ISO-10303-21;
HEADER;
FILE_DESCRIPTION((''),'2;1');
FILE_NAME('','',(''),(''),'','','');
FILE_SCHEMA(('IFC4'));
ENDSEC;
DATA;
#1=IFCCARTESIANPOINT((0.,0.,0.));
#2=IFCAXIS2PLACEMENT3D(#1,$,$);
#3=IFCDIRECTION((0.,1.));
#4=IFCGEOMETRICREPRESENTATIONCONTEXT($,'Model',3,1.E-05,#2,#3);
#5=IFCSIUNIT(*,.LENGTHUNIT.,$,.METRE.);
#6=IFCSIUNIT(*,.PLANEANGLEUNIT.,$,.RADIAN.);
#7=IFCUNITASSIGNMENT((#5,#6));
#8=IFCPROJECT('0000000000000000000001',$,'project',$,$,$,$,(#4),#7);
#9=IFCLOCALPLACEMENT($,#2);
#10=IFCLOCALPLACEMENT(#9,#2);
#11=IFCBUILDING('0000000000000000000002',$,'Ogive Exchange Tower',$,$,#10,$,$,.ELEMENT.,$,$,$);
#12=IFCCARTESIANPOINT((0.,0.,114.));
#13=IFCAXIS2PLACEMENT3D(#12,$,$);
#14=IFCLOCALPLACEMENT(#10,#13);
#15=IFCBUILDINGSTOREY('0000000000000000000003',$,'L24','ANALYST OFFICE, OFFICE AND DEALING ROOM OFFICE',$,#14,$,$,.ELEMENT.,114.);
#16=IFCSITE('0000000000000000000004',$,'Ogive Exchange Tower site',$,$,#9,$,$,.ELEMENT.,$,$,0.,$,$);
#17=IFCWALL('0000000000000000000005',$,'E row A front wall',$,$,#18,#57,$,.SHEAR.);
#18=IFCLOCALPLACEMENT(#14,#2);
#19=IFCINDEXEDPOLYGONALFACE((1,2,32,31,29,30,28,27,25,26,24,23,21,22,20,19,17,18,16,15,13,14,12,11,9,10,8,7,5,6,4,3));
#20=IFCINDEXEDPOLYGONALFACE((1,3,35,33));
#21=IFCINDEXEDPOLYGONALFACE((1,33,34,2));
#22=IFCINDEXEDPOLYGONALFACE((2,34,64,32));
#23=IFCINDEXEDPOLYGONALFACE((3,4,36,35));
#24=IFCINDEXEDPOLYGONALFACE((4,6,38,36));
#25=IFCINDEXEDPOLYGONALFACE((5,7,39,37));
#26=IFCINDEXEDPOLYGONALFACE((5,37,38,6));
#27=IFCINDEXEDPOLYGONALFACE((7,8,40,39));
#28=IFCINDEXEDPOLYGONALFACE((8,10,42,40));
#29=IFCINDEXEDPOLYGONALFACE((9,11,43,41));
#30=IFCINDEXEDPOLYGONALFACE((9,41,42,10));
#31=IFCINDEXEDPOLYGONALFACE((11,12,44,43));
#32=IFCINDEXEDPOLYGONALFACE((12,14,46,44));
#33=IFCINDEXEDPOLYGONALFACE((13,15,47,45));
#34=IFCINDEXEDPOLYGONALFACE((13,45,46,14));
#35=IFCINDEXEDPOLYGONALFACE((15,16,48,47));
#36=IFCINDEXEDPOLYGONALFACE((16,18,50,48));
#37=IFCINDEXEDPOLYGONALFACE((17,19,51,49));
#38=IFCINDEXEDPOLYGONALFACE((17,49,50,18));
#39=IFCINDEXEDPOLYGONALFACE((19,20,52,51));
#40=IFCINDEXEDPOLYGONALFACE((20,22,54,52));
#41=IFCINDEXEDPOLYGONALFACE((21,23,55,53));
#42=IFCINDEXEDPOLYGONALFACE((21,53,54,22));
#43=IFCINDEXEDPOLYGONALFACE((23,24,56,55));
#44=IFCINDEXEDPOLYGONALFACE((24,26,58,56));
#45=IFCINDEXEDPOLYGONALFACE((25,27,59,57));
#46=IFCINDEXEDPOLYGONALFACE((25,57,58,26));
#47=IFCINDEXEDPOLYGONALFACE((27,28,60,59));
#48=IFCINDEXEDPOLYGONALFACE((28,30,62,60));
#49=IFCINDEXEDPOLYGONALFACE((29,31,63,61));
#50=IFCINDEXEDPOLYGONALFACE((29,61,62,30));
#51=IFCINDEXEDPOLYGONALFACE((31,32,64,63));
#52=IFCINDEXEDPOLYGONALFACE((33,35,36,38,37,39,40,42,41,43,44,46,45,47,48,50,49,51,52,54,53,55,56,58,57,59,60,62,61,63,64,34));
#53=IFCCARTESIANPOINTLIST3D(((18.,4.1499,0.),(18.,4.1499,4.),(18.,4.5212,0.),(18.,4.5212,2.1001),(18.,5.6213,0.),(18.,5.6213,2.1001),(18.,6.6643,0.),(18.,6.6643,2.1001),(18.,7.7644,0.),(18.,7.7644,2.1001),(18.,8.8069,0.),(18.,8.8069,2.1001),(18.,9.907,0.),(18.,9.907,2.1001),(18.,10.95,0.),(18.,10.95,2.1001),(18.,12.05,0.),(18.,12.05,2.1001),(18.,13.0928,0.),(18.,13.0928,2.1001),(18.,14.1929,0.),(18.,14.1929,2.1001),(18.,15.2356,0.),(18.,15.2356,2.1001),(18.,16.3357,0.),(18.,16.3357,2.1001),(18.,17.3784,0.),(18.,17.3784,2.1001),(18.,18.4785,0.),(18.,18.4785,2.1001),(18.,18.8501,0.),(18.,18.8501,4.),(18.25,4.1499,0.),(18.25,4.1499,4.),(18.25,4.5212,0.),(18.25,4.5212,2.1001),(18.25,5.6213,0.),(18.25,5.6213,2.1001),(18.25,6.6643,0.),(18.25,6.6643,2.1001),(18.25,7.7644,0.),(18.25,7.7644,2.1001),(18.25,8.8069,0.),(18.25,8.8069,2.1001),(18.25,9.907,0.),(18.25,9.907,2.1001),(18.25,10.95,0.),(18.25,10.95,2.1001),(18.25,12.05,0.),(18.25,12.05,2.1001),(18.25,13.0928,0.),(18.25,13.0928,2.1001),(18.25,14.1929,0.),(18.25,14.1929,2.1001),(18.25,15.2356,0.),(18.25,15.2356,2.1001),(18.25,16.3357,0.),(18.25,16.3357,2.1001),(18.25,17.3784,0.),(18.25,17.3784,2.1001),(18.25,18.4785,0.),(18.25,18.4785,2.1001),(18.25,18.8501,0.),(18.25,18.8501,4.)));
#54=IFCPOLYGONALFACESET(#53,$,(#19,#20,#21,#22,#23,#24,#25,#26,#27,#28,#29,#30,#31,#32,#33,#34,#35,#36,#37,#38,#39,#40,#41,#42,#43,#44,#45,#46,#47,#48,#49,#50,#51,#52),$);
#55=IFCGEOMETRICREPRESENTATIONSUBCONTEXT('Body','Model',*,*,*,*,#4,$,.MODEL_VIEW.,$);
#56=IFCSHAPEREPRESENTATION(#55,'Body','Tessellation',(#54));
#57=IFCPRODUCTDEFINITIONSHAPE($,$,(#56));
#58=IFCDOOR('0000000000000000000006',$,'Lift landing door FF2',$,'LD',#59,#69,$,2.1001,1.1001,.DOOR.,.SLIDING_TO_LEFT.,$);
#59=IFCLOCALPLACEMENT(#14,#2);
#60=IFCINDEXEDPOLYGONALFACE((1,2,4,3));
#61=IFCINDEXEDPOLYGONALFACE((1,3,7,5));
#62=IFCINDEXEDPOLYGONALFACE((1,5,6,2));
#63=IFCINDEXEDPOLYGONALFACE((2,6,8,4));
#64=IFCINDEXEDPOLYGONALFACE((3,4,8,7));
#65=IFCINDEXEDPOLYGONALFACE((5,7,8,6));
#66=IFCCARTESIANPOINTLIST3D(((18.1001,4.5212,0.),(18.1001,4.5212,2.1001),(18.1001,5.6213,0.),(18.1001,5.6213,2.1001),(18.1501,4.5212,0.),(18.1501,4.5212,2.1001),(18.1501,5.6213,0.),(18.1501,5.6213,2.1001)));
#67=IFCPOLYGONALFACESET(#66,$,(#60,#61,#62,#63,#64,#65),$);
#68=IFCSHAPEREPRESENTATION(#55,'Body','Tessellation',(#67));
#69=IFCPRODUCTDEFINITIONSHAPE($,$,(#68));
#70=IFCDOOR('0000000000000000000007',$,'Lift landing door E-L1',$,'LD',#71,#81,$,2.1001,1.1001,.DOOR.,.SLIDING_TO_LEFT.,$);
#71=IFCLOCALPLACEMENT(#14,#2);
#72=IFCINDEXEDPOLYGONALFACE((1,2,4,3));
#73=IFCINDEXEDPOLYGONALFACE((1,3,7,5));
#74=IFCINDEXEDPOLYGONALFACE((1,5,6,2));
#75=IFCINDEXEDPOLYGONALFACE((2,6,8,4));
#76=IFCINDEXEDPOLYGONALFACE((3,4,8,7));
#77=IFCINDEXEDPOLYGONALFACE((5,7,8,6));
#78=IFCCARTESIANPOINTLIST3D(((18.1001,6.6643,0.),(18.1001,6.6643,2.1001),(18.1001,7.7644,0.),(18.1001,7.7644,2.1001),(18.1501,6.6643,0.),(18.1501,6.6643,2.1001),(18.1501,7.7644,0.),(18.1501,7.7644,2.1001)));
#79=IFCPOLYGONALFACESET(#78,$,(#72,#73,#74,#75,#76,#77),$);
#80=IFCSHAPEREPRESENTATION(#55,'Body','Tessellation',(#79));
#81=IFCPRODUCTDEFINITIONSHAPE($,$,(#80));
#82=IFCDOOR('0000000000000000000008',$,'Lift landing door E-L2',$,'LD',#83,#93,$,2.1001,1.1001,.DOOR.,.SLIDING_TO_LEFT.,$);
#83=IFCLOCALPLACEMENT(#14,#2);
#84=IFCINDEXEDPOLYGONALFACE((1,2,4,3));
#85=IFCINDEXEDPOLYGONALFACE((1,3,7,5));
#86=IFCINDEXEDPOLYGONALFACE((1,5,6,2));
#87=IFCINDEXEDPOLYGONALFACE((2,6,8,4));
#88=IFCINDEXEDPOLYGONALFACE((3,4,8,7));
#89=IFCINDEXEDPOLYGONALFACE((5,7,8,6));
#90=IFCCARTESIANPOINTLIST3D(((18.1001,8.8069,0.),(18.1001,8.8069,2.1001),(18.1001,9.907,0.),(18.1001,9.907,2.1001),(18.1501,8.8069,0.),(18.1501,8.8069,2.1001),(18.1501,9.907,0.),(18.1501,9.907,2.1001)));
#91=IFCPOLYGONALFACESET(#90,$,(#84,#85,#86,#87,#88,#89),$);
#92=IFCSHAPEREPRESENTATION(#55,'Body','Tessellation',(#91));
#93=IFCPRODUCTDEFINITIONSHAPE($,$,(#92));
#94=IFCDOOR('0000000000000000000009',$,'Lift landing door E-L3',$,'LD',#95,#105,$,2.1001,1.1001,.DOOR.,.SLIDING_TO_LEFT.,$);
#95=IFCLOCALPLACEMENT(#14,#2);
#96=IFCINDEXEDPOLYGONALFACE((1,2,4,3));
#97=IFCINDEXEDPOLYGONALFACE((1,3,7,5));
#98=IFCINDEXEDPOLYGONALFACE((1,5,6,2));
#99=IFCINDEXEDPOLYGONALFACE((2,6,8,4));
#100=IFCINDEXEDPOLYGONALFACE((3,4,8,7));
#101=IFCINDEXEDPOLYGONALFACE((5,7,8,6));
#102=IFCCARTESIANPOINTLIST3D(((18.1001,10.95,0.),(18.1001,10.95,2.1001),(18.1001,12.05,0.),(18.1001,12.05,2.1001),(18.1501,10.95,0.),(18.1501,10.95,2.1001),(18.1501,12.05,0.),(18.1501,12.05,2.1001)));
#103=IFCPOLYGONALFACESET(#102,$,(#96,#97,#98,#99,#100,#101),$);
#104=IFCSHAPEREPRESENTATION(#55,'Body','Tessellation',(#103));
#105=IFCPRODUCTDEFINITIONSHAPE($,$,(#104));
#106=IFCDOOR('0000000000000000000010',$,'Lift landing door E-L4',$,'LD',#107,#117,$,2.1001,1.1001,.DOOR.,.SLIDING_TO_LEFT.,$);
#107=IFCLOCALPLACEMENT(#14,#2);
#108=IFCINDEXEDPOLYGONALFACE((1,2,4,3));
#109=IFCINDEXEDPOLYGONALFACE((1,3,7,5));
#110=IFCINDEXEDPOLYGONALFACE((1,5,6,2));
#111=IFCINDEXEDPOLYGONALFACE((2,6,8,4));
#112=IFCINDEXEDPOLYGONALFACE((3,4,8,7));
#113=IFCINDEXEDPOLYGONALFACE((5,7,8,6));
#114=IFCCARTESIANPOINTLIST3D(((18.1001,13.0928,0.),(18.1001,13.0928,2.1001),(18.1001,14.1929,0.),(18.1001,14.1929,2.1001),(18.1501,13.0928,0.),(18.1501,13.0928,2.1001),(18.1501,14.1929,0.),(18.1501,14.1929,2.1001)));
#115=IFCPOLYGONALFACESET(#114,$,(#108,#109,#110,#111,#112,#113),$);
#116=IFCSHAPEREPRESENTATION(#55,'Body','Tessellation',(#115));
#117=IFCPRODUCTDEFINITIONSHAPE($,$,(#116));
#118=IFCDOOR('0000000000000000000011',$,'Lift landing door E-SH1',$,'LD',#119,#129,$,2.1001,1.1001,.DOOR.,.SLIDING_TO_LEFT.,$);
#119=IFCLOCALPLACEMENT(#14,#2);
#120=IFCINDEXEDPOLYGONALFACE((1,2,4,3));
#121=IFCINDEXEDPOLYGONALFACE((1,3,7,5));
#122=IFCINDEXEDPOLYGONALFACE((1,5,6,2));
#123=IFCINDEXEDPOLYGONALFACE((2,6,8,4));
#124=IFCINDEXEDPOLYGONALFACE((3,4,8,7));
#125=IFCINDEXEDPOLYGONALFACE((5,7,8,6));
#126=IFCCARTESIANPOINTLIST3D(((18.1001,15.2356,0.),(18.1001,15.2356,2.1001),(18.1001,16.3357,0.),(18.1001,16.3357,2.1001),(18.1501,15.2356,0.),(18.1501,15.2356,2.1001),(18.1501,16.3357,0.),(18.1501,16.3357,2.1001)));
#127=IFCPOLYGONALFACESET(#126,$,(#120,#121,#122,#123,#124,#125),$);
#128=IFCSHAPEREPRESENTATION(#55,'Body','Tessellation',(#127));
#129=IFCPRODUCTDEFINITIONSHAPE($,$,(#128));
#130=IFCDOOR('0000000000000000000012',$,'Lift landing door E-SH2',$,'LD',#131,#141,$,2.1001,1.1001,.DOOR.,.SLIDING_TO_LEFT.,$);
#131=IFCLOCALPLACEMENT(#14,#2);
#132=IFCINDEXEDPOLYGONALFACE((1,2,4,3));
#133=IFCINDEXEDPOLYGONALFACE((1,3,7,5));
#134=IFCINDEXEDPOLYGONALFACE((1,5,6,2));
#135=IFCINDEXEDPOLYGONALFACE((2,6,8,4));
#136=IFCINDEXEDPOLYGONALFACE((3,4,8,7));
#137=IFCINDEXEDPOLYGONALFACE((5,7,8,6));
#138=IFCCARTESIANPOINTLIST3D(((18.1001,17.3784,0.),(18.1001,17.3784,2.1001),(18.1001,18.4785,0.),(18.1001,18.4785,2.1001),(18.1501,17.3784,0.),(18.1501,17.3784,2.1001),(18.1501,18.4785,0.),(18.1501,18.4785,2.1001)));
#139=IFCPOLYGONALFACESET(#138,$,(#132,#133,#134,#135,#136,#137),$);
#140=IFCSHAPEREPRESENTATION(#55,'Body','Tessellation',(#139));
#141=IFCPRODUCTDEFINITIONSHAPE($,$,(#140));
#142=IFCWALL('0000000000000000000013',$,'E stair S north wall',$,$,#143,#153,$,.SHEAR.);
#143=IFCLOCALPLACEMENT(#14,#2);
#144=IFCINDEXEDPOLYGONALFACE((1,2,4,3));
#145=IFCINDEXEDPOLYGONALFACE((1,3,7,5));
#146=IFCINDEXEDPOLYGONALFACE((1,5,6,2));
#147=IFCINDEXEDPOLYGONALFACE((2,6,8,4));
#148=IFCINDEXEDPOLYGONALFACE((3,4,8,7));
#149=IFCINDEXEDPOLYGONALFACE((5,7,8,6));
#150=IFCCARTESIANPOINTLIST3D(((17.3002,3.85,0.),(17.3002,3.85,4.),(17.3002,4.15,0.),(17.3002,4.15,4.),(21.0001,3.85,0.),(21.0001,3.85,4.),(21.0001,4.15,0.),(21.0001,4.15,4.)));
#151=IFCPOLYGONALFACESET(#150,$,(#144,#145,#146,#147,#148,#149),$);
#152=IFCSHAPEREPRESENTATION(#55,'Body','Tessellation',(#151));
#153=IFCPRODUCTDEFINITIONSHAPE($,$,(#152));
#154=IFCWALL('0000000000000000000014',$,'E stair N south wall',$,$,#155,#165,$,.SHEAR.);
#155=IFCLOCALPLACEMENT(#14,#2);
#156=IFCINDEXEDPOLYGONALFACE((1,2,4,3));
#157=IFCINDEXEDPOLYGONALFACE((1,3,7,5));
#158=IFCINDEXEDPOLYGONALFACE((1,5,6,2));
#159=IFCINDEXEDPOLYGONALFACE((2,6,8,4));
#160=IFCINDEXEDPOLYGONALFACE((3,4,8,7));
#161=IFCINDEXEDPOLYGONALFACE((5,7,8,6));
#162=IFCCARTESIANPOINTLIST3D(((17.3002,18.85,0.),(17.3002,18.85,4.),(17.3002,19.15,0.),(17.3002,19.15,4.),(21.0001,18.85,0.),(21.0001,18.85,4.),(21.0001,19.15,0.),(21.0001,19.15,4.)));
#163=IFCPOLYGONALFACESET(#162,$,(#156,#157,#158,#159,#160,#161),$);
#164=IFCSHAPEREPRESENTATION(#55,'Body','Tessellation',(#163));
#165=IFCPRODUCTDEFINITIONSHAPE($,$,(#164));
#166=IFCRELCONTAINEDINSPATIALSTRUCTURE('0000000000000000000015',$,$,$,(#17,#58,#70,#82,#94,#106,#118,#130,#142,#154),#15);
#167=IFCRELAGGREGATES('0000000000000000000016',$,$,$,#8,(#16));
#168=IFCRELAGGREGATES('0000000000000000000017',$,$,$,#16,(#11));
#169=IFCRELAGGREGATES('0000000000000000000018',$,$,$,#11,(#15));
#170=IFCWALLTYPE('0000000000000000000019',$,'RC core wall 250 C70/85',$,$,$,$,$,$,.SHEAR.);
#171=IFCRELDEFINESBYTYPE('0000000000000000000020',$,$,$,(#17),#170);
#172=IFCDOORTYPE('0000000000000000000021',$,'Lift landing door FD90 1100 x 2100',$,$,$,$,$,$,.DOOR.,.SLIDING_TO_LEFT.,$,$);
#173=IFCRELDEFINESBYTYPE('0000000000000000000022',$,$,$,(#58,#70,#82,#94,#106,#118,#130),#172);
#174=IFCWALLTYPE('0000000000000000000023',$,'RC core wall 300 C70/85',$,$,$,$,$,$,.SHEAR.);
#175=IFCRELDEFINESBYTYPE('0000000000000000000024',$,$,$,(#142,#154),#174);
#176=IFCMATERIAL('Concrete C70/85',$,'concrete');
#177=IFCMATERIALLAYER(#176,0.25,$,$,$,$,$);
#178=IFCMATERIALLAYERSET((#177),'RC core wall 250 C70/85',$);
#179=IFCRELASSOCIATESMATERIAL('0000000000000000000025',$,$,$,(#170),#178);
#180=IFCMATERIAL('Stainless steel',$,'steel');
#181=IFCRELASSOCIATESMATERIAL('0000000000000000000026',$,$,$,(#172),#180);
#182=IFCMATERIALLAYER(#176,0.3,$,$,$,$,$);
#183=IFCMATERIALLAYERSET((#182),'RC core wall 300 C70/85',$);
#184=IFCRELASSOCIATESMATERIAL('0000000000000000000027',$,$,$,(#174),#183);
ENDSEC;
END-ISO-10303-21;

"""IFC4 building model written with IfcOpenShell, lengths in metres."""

from ifc_helpers import new_model, si_unit, direction, frame, frame_2d, origin, place, context, subcontext, project, spatial, rectangle, extrude, material, layer, layer_set, type_object, element, fill, save


model = new_model("IFC4")

# Units and contexts
model_context = context("Model", 3, precision=1e-05, world=origin(), true_north=direction((0.0, 1.0)))
body_context = subcontext(model_context, "Body", "Model", "MODEL_VIEW")
ifc_project = project(units=[si_unit("LENGTHUNIT", "METRE"), si_unit("PLANEANGLEUNIT", "RADIAN")], contexts=[model_context])

# Site, building, storey
site_placement = place(None, origin())
site = spatial("IfcSite", under=ifc_project, at=site_placement, Name="Ogive Exchange Tower site", CompositionType="ELEMENT", RefElevation=0.0)
building_placement = place(site_placement, origin())
building = spatial("IfcBuilding", under=site, at=building_placement, Name="Ogive Exchange Tower", CompositionType="ELEMENT")
storey_placement = place(building_placement, frame((0.0, 0.0, 114.0)))
storey = spatial("IfcBuildingStorey", under=building, at=storey_placement, Name="L24", Description="ANALYST OFFICE, OFFICE AND DEALING ROOM OFFICE", CompositionType="ELEMENT", Elevation=114.0)

# Shared definitions
ifc_material_1 = material(Name="Concrete C70/85", Category="concrete")
ifc_layer_1 = layer(ifc_material_1, 0.25)
ifc_layer_set_1 = layer_set([ifc_layer_1], Name="RC core wall 250 C70/85")
wall_type_1 = type_object("IfcWallType", Name="RC core wall 250 C70/85", PredefinedType="SHEAR", material=ifc_layer_set_1)

# Wall, openings, doors
wall_1_placement = place(storey_placement, frame((18.125, 4.1499, 0.0), z_axis=(0.0, 0.0, 1.0), x_axis=(0.0, 1.0, 0.0)))
wall_1 = element("IfcWall", 1, at=wall_1_placement, inside=storey, type_object=wall_type_1, Name="E row A front wall", PredefinedType="SHEAR", context=body_context, shape_type="SweptSolid", body=[
    extrude(rectangle(XDim=14.7002, YDim=0.25, at=frame_2d((7.3501, 0.0))), origin(), (0.0, 0.0, 1.0), 4.0),
])
opening_1_placement = place(wall_1_placement, frame((0.3713, 0.0, 0.0)))
opening_1 = element("IfcOpeningElement", 2, at=opening_1_placement, cuts=wall_1, PredefinedType="OPENING", context=body_context, shape_type="SweptSolid", body=[
    extrude(rectangle(XDim=1.1001, YDim=2.1001, at=frame_2d((0.55, 1.05))), frame((0.0, 0.135, 0.0), z_axis=(0.0, -1.0, 0.0), x_axis=(1.0, 0.0, 0.0)), (0.0, 0.0, 1.0), 0.27),
])
opening_2_placement = place(wall_1_placement, frame((2.5144, 0.0, 0.0)))
opening_2 = element("IfcOpeningElement", 3, at=opening_2_placement, cuts=wall_1, PredefinedType="OPENING", context=body_context, shape_type="SweptSolid", body=[
    extrude(rectangle(XDim=1.1001, YDim=2.1001, at=frame_2d((0.55, 1.05))), frame((0.0, 0.135, 0.0), z_axis=(0.0, -1.0, 0.0), x_axis=(1.0, 0.0, 0.0)), (0.0, 0.0, 1.0), 0.27),
])
opening_3_placement = place(wall_1_placement, frame((4.657, 0.0, 0.0)))
opening_3 = element("IfcOpeningElement", 4, at=opening_3_placement, cuts=wall_1, PredefinedType="OPENING", context=body_context, shape_type="SweptSolid", body=[
    extrude(rectangle(XDim=1.1001, YDim=2.1001, at=frame_2d((0.55, 1.05))), frame((0.0, 0.135, 0.0), z_axis=(0.0, -1.0, 0.0), x_axis=(1.0, 0.0, 0.0)), (0.0, 0.0, 1.0), 0.27),
])
opening_4_placement = place(wall_1_placement, frame((6.8, 0.0, 0.0)))
opening_4 = element("IfcOpeningElement", 5, at=opening_4_placement, cuts=wall_1, PredefinedType="OPENING", context=body_context, shape_type="SweptSolid", body=[
    extrude(rectangle(XDim=1.1001, YDim=2.1001, at=frame_2d((0.55, 1.05))), frame((0.0, 0.135, 0.0), z_axis=(0.0, -1.0, 0.0), x_axis=(1.0, 0.0, 0.0)), (0.0, 0.0, 1.0), 0.27),
])
opening_5_placement = place(wall_1_placement, frame((8.9429, 0.0, 0.0)))
opening_5 = element("IfcOpeningElement", 6, at=opening_5_placement, cuts=wall_1, PredefinedType="OPENING", context=body_context, shape_type="SweptSolid", body=[
    extrude(rectangle(XDim=1.1001, YDim=2.1001, at=frame_2d((0.55, 1.05))), frame((0.0, 0.135, 0.0), z_axis=(0.0, -1.0, 0.0), x_axis=(1.0, 0.0, 0.0)), (0.0, 0.0, 1.0), 0.27),
])
opening_6_placement = place(wall_1_placement, frame((11.0857, 0.0, 0.0)))
opening_6 = element("IfcOpeningElement", 7, at=opening_6_placement, cuts=wall_1, PredefinedType="OPENING", context=body_context, shape_type="SweptSolid", body=[
    extrude(rectangle(XDim=1.1001, YDim=2.1001, at=frame_2d((0.55, 1.05))), frame((0.0, 0.135, 0.0), z_axis=(0.0, -1.0, 0.0), x_axis=(1.0, 0.0, 0.0)), (0.0, 0.0, 1.0), 0.27),
])
opening_7_placement = place(wall_1_placement, frame((13.2285, 0.0, 0.0)))
opening_7 = element("IfcOpeningElement", 8, at=opening_7_placement, cuts=wall_1, PredefinedType="OPENING", context=body_context, shape_type="SweptSolid", body=[
    extrude(rectangle(XDim=1.1001, YDim=2.1001, at=frame_2d((0.55, 1.05))), frame((0.0, 0.135, 0.0), z_axis=(0.0, -1.0, 0.0), x_axis=(1.0, 0.0, 0.0)), (0.0, 0.0, 1.0), 0.27),
])
ifc_material_2 = material(Name="Stainless steel", Category="steel")
door_type_1 = type_object("IfcDoorType", Name="Lift landing door FD90 1100 x 2100", OperationType="SLIDING_TO_LEFT", PredefinedType="DOOR", material=ifc_material_2)
door_1_placement = place(opening_1_placement, origin())
door_1 = element("IfcDoor", 9, at=door_1_placement, inside=storey, type_object=door_type_1, Name="Lift landing door FF2", ObjectType="LD", OperationType="SLIDING_TO_LEFT", OverallHeight=2.1001, OverallWidth=1.1001, PredefinedType="DOOR", context=body_context, shape_type="SweptSolid", body=[
    extrude(rectangle(XDim=1.1001, YDim=2.1001, at=frame_2d((0.55, 1.05))), frame((0.0, 0.0249, 0.0), z_axis=(0.0, -1.0, 0.0), x_axis=(1.0, 0.0, 0.0)), (0.0, 0.0, 1.0), 0.05),
])
fill(opening_1, door_1)
door_2_placement = place(opening_2_placement, origin())
door_2 = element("IfcDoor", 10, at=door_2_placement, inside=storey, type_object=door_type_1, Name="Lift landing door E-L1", ObjectType="LD", OperationType="SLIDING_TO_LEFT", OverallHeight=2.1001, OverallWidth=1.1001, PredefinedType="DOOR", context=body_context, shape_type="SweptSolid", body=[
    extrude(rectangle(XDim=1.1001, YDim=2.1001, at=frame_2d((0.55, 1.05))), frame((0.0, 0.0249, 0.0), z_axis=(0.0, -1.0, 0.0), x_axis=(1.0, 0.0, 0.0)), (0.0, 0.0, 1.0), 0.05),
])
fill(opening_2, door_2)
door_3_placement = place(opening_3_placement, origin())
door_3 = element("IfcDoor", 11, at=door_3_placement, inside=storey, type_object=door_type_1, Name="Lift landing door E-L2", ObjectType="LD", OperationType="SLIDING_TO_LEFT", OverallHeight=2.1001, OverallWidth=1.1001, PredefinedType="DOOR", context=body_context, shape_type="SweptSolid", body=[
    extrude(rectangle(XDim=1.1001, YDim=2.1001, at=frame_2d((0.55, 1.05))), frame((0.0, 0.0249, 0.0), z_axis=(0.0, -1.0, 0.0), x_axis=(1.0, 0.0, 0.0)), (0.0, 0.0, 1.0), 0.05),
])
fill(opening_3, door_3)
door_4_placement = place(opening_4_placement, origin())
door_4 = element("IfcDoor", 12, at=door_4_placement, inside=storey, type_object=door_type_1, Name="Lift landing door E-L3", ObjectType="LD", OperationType="SLIDING_TO_LEFT", OverallHeight=2.1001, OverallWidth=1.1001, PredefinedType="DOOR", context=body_context, shape_type="SweptSolid", body=[
    extrude(rectangle(XDim=1.1001, YDim=2.1001, at=frame_2d((0.55, 1.05))), frame((0.0, 0.0249, 0.0), z_axis=(0.0, -1.0, 0.0), x_axis=(1.0, 0.0, 0.0)), (0.0, 0.0, 1.0), 0.05),
])
fill(opening_4, door_4)
door_5_placement = place(opening_5_placement, origin())
door_5 = element("IfcDoor", 13, at=door_5_placement, inside=storey, type_object=door_type_1, Name="Lift landing door E-L4", ObjectType="LD", OperationType="SLIDING_TO_LEFT", OverallHeight=2.1001, OverallWidth=1.1001, PredefinedType="DOOR", context=body_context, shape_type="SweptSolid", body=[
    extrude(rectangle(XDim=1.1001, YDim=2.1001, at=frame_2d((0.55, 1.05))), frame((0.0, 0.0249, 0.0), z_axis=(0.0, -1.0, 0.0), x_axis=(1.0, 0.0, 0.0)), (0.0, 0.0, 1.0), 0.05),
])
fill(opening_5, door_5)
door_6_placement = place(opening_6_placement, origin())
door_6 = element("IfcDoor", 14, at=door_6_placement, inside=storey, type_object=door_type_1, Name="Lift landing door E-SH1", ObjectType="LD", OperationType="SLIDING_TO_LEFT", OverallHeight=2.1001, OverallWidth=1.1001, PredefinedType="DOOR", context=body_context, shape_type="SweptSolid", body=[
    extrude(rectangle(XDim=1.1001, YDim=2.1001, at=frame_2d((0.55, 1.05))), frame((0.0, 0.0249, 0.0), z_axis=(0.0, -1.0, 0.0), x_axis=(1.0, 0.0, 0.0)), (0.0, 0.0, 1.0), 0.05),
])
fill(opening_6, door_6)
door_7_placement = place(opening_7_placement, origin())
door_7 = element("IfcDoor", 15, at=door_7_placement, inside=storey, type_object=door_type_1, Name="Lift landing door E-SH2", ObjectType="LD", OperationType="SLIDING_TO_LEFT", OverallHeight=2.1001, OverallWidth=1.1001, PredefinedType="DOOR", context=body_context, shape_type="SweptSolid", body=[
    extrude(rectangle(XDim=1.1001, YDim=2.1001, at=frame_2d((0.55, 1.05))), frame((0.0, 0.0249, 0.0), z_axis=(0.0, -1.0, 0.0), x_axis=(1.0, 0.0, 0.0)), (0.0, 0.0, 1.0), 0.05),
])
fill(opening_7, door_7)

# Walls
ifc_layer_2 = layer(ifc_material_1, 0.3)
ifc_layer_set_2 = layer_set([ifc_layer_2], Name="RC core wall 300 C70/85")
wall_type_2 = type_object("IfcWallType", Name="RC core wall 300 C70/85", PredefinedType="SHEAR", material=ifc_layer_set_2)
for number, where, z_axis, x_axis, name in (
    (16, (17.3, 4.0, 0.0), (0.0, 0.0, 1.0), (1.0, 0.0, 0.0), "E stair S north wall"),
    (17, (17.3, 19.0, 0.0), (0.0, 0.0, 1.0), (1.0, 0.0, 0.0), "E stair N south wall"),
):
    element("IfcWall", number, at=place(storey_placement, frame(where, z_axis=z_axis, x_axis=x_axis)), inside=storey, type_object=wall_type_2, Name=name, PredefinedType="SHEAR", context=body_context, shape_type="SweptSolid", body=[
        extrude(rectangle(XDim=3.7, YDim=0.3, at=frame_2d((1.8501, 0.0))), origin(), (0.0, 0.0, 1.0), 4.0),
    ])

save(model, "model.ifc")
